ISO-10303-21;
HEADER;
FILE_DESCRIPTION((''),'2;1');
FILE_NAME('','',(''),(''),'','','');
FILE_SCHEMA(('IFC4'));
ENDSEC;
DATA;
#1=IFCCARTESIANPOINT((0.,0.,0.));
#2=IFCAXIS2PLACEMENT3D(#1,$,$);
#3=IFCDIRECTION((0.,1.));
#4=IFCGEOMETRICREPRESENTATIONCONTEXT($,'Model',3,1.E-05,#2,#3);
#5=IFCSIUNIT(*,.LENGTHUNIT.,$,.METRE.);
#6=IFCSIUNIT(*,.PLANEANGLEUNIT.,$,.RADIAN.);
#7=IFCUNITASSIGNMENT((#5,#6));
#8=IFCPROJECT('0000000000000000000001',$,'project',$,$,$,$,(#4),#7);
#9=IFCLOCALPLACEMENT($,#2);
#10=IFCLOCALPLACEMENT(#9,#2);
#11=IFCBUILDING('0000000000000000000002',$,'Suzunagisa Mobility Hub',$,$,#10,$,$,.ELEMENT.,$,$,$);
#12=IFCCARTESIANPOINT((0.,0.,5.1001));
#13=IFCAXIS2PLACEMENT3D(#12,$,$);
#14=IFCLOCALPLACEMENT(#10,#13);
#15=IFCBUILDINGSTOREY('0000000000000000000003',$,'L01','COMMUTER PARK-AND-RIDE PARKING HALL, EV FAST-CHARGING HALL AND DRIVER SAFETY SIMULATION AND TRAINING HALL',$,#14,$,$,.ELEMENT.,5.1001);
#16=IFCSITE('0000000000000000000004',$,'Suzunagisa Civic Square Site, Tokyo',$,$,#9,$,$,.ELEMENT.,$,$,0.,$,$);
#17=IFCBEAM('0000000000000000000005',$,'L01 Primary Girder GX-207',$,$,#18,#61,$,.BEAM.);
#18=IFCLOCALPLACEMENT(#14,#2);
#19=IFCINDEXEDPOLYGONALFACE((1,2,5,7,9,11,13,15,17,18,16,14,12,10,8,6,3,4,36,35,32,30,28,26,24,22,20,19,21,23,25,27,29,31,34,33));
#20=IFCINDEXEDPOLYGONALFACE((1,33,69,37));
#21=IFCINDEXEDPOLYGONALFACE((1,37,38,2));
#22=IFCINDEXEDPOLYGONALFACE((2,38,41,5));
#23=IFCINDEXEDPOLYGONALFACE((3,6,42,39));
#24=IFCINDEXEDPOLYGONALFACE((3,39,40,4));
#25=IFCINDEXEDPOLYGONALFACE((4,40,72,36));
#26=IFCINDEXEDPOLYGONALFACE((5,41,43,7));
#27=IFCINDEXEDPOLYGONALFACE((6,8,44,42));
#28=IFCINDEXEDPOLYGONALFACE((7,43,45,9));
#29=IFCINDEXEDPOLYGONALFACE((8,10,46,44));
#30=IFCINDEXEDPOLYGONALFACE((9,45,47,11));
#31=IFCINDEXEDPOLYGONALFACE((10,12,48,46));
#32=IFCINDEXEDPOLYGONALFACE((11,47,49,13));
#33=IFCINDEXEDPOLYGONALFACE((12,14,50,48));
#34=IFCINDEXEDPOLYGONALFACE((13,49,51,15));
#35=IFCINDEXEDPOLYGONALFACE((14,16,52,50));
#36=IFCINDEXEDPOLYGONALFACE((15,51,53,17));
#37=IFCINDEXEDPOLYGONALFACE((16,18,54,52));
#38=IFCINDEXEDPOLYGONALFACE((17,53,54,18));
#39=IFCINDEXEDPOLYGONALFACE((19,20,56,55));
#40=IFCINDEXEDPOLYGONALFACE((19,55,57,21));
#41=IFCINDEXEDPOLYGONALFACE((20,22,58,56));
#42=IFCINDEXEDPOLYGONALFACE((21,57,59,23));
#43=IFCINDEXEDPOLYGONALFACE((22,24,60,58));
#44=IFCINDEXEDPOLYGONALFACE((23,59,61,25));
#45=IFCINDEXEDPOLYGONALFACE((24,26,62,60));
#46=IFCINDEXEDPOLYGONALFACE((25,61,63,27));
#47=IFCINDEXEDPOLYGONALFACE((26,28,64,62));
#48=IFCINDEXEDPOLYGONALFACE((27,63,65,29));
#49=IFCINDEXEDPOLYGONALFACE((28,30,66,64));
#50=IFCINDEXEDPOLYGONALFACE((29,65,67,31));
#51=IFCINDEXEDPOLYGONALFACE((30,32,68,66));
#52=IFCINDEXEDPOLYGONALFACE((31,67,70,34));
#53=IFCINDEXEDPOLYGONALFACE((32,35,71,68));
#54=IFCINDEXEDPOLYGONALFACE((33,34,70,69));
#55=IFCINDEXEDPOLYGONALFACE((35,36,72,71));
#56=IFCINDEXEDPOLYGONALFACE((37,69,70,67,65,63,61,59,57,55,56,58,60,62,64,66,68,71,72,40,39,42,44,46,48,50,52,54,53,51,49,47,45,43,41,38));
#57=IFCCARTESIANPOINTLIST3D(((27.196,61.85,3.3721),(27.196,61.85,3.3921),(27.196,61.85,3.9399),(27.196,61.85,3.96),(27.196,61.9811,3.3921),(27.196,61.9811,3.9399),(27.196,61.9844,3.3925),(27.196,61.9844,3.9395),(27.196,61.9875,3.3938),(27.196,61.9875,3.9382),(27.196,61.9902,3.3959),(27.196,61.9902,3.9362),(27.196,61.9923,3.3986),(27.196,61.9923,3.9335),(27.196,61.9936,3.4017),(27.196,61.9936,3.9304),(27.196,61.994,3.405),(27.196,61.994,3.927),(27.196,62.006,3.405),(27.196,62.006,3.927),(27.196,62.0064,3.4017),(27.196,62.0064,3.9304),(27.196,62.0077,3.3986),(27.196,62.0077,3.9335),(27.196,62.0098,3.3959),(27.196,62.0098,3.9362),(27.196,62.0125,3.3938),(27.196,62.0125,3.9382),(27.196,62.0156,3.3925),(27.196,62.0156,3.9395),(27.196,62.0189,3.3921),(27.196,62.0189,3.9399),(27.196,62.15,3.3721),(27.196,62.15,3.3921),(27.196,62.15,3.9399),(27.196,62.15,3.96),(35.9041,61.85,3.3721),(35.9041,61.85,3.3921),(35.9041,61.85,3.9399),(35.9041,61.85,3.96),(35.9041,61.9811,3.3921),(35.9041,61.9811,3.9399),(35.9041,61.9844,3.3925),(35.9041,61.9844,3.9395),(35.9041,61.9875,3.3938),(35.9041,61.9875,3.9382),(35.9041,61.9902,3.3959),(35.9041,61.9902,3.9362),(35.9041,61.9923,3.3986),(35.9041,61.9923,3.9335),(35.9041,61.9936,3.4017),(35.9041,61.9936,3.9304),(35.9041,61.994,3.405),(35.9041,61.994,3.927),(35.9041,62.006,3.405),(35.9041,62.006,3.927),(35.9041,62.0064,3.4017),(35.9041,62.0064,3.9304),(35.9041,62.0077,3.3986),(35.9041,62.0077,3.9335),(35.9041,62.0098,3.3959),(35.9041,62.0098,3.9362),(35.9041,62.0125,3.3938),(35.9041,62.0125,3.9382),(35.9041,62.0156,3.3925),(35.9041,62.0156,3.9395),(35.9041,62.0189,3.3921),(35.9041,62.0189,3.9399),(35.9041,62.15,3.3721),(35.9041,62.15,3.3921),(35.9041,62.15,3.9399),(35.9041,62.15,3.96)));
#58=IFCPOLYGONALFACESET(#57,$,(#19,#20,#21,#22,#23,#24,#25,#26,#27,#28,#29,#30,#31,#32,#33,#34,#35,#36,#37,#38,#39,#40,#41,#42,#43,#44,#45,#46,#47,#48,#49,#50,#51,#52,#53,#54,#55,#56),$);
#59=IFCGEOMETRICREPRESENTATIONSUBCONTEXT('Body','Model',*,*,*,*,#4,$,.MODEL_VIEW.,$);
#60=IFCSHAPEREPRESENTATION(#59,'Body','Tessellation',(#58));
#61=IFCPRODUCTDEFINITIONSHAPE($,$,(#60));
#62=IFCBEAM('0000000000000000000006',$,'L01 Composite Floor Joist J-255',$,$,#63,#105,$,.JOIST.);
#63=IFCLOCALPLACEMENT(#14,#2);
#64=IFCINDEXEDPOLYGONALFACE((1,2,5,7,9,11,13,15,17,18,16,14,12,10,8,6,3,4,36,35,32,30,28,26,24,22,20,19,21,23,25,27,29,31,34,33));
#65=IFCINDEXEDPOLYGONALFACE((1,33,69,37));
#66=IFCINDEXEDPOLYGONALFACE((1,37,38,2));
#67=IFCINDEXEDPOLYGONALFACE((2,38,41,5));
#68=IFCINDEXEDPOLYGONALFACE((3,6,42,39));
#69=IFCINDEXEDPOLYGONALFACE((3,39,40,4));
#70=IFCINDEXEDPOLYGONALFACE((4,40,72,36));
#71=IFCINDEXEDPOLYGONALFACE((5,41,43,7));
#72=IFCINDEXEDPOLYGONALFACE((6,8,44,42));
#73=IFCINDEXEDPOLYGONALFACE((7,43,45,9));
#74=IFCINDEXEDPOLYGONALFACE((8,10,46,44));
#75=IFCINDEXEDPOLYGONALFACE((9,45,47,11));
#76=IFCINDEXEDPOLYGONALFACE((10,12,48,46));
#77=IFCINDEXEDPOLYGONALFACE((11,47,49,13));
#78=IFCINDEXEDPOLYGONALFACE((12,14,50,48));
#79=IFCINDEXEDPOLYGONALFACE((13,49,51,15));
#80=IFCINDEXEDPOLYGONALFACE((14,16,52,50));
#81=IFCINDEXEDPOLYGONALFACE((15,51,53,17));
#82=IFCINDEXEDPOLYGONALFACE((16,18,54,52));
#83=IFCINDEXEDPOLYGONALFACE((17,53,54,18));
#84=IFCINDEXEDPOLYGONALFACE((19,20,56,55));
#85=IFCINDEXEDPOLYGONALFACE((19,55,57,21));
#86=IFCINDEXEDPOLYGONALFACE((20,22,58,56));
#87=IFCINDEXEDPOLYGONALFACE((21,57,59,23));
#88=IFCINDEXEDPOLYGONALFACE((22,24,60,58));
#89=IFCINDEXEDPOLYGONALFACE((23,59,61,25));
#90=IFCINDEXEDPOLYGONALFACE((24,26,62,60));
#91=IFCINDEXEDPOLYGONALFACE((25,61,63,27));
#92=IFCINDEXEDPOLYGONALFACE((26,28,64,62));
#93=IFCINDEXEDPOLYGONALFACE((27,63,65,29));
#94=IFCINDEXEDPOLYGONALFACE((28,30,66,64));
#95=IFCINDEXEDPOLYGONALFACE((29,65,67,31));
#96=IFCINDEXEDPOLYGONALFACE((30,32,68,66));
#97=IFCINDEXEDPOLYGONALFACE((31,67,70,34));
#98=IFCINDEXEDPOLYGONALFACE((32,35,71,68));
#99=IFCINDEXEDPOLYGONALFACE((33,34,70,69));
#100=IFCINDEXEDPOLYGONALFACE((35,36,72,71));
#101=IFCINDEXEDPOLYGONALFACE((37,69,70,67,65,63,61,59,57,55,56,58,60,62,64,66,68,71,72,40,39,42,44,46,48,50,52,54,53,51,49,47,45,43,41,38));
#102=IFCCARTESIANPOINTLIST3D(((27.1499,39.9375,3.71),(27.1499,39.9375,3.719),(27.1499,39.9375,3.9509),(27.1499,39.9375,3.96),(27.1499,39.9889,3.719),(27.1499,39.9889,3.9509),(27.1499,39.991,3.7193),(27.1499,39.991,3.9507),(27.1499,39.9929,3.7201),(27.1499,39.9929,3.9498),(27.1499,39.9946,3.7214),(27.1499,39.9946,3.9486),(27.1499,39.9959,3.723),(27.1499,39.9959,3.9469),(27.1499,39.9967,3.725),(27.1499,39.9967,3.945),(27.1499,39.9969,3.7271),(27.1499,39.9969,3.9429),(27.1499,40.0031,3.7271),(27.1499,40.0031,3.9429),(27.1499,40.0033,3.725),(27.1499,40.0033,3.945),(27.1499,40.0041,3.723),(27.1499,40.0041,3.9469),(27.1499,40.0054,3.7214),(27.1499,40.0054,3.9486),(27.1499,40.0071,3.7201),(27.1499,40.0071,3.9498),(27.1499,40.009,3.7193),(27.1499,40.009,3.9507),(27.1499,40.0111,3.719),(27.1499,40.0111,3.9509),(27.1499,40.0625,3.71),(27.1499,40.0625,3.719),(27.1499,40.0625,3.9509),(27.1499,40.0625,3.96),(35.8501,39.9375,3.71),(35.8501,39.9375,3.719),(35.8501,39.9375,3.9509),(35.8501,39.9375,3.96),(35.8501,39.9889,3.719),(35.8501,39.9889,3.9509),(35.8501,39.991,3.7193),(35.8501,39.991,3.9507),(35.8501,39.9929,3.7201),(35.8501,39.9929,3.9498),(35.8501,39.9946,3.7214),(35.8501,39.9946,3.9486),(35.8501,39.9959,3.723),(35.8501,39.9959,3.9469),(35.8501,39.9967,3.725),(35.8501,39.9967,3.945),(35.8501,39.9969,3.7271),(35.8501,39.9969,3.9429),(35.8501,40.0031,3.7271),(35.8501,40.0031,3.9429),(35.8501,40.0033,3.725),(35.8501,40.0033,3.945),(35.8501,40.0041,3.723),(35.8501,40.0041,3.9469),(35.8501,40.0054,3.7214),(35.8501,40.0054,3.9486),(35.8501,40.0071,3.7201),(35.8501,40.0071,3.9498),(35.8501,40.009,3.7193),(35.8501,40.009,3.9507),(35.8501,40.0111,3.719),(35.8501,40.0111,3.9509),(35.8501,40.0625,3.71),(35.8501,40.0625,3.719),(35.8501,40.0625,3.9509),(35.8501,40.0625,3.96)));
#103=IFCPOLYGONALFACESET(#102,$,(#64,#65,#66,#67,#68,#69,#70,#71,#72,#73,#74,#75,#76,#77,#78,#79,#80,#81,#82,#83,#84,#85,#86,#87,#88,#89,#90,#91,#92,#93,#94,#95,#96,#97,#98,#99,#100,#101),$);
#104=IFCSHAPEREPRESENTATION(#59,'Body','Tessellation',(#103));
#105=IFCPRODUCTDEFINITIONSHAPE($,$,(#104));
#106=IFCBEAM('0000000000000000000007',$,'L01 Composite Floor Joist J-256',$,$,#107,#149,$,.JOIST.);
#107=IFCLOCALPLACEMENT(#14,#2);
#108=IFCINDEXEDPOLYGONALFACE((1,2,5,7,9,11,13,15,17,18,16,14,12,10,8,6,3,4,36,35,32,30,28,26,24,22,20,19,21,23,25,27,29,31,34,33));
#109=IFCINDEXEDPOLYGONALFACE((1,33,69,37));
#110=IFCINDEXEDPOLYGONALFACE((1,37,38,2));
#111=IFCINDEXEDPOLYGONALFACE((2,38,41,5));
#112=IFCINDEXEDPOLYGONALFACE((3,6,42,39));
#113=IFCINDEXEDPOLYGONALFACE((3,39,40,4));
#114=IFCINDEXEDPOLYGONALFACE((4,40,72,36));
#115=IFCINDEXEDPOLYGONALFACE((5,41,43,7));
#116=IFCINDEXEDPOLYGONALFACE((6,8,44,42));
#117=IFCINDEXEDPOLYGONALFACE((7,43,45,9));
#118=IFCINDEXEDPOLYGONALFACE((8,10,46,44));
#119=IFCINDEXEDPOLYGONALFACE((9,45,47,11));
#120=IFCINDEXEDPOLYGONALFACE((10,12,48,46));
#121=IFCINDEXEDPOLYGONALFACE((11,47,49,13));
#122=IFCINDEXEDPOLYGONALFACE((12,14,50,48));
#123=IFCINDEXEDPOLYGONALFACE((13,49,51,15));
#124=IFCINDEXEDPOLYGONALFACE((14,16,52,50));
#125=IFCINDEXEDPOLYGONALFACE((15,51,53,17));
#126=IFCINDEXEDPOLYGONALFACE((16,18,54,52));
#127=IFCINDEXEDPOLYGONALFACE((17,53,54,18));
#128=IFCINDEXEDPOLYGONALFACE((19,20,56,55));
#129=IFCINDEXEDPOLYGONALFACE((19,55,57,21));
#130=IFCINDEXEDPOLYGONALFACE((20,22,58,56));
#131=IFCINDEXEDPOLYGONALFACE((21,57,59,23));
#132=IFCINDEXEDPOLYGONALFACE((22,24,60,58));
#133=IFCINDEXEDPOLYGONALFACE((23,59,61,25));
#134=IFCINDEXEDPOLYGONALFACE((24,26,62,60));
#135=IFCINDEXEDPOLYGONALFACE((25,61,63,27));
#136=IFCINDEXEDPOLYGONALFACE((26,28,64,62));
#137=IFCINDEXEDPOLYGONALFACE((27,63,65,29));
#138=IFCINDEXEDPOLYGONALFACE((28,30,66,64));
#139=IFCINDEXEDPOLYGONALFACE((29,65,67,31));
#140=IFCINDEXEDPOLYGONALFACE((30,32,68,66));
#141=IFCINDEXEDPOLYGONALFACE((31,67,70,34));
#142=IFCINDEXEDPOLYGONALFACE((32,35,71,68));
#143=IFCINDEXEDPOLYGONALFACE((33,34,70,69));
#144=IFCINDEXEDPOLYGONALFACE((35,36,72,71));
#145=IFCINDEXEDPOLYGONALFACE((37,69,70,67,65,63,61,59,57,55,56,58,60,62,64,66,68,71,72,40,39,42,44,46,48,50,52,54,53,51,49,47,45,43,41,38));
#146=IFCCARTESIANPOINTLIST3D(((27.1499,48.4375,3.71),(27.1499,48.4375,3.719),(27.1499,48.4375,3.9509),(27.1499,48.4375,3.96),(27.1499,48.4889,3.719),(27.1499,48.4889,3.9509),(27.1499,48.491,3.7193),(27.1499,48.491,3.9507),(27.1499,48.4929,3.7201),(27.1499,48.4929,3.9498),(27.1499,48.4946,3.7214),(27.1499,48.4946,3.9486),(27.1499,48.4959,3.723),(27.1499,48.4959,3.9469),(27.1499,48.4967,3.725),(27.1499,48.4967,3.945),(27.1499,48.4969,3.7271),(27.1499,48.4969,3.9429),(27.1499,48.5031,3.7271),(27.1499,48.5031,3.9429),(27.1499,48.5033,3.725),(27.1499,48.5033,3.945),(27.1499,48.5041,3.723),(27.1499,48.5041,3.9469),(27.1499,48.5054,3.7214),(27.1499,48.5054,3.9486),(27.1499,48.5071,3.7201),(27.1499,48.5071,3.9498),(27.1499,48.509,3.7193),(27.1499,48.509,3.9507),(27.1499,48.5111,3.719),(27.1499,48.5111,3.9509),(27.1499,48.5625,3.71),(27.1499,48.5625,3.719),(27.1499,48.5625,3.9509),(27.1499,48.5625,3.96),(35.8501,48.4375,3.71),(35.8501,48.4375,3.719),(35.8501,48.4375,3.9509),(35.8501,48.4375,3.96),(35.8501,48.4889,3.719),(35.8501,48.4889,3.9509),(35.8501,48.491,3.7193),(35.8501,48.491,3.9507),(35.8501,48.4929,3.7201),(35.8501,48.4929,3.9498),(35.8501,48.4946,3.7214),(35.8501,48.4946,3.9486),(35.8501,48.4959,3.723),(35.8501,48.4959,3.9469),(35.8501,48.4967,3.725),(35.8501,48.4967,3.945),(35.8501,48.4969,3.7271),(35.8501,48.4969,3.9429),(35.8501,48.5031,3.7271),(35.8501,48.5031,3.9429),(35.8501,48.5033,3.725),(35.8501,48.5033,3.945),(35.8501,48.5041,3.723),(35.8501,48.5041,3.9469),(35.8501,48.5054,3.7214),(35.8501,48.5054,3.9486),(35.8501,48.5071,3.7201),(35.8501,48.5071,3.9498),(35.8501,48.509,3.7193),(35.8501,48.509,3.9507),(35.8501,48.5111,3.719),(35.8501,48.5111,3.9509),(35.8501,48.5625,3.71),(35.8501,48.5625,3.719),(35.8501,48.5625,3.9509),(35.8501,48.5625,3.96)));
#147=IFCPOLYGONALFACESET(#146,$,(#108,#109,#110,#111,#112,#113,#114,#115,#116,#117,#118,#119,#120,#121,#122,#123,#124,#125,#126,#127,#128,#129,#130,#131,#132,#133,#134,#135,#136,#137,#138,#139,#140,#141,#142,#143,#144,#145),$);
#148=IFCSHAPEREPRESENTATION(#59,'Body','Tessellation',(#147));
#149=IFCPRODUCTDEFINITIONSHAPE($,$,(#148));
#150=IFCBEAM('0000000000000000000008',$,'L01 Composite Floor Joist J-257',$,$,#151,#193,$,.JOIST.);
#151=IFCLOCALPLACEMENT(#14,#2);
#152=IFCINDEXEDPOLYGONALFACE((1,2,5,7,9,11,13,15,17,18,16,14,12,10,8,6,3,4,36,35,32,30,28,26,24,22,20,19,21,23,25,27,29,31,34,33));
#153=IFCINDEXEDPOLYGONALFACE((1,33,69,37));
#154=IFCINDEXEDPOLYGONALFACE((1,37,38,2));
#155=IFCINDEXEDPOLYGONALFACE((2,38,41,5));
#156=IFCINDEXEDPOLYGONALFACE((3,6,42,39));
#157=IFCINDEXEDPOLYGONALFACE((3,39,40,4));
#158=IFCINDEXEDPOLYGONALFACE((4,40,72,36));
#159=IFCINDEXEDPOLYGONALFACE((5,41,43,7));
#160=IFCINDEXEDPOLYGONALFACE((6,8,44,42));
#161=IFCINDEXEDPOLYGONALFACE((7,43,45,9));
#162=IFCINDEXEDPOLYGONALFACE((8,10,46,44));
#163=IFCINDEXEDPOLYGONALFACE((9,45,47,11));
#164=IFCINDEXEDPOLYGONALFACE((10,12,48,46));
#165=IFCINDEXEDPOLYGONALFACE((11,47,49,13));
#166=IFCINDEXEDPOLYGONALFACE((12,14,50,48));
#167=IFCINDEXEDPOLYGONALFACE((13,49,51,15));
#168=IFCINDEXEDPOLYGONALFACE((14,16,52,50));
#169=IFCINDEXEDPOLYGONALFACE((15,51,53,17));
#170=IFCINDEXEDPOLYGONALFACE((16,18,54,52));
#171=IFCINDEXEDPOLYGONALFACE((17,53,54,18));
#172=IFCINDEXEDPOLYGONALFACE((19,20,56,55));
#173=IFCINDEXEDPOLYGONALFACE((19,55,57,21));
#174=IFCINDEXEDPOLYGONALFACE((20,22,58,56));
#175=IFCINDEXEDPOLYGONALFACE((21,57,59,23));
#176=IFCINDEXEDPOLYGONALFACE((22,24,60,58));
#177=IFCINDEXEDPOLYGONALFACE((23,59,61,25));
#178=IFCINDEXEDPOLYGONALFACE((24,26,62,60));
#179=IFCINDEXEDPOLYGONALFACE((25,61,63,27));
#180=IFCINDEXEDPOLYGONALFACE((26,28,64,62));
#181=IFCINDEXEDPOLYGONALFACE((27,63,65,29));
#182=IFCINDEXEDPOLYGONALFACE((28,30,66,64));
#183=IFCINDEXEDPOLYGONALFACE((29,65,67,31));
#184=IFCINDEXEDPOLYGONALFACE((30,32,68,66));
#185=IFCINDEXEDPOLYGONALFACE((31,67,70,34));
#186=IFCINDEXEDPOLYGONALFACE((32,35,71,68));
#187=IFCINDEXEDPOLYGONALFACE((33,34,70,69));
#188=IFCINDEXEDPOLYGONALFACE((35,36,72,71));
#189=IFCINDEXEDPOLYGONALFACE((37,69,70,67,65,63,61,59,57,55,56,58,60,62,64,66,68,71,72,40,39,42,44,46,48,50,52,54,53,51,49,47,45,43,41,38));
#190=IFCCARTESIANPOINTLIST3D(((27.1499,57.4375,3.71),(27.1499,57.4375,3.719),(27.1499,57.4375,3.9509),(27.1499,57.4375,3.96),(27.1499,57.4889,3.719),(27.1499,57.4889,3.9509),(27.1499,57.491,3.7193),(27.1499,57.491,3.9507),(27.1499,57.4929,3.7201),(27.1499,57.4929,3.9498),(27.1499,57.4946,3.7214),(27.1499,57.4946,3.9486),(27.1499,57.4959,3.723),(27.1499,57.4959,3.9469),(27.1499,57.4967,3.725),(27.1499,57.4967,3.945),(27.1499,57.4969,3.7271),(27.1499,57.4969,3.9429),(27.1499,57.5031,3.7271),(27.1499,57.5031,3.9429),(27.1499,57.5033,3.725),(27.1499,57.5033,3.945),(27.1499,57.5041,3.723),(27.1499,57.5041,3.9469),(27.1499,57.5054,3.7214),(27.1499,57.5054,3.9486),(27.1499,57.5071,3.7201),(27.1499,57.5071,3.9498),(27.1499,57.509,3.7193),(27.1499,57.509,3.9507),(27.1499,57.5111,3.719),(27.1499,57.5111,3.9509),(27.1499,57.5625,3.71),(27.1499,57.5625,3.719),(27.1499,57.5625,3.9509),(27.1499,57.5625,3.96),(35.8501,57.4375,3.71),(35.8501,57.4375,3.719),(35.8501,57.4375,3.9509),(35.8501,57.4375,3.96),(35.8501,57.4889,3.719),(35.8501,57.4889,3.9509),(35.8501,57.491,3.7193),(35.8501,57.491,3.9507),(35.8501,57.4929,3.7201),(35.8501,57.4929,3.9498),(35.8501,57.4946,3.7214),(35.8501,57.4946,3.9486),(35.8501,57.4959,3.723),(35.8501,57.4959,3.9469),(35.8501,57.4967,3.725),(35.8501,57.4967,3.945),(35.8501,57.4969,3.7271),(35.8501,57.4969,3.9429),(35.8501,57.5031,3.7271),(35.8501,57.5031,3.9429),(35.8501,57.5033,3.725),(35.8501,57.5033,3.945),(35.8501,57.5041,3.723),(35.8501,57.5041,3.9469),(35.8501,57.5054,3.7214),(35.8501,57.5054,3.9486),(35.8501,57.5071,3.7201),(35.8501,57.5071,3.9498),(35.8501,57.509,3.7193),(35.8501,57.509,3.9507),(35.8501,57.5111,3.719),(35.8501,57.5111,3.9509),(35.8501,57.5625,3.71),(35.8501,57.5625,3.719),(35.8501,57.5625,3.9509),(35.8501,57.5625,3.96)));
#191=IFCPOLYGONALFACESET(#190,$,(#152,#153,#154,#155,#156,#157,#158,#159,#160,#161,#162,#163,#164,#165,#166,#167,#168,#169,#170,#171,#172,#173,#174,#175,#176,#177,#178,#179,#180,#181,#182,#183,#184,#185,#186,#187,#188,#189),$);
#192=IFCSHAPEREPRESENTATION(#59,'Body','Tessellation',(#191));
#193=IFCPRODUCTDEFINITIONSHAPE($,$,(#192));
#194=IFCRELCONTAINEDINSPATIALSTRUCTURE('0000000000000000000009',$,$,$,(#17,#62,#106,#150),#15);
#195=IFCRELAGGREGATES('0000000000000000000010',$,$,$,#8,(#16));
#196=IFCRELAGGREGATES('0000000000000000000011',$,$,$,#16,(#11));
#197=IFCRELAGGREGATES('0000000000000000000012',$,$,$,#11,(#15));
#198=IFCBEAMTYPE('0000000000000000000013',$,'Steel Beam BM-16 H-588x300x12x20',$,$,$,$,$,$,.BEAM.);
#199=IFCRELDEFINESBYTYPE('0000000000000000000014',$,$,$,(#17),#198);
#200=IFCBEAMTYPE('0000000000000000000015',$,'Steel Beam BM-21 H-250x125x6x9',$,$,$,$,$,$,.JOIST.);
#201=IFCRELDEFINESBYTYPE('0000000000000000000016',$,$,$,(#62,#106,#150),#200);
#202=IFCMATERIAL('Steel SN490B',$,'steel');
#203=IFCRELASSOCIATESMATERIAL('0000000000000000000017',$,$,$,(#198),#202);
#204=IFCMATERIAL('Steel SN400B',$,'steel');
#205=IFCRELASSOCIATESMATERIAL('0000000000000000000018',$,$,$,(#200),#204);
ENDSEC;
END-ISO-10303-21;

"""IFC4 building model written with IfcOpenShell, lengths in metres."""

from ifc_helpers import new_model, si_unit, direction, frame, origin, origin_2d, place, context, subcontext, project, spatial, i_section, extrude, material, material_profile, profile_set, type_object, element, save


model = new_model("IFC4")

# Units and contexts
model_context = context("Model", 3, precision=1e-05, world=origin(), true_north=direction((0.0, 1.0)))
body_context = subcontext(model_context, "Body", "Model", "MODEL_VIEW")
ifc_project = project(units=[si_unit("LENGTHUNIT", "METRE"), si_unit("PLANEANGLEUNIT", "RADIAN")], contexts=[model_context])

# Site, building, storey
site_placement = place(None, origin())
site = spatial("IfcSite", under=ifc_project, at=site_placement, Name="Suzunagisa Civic Square Site, Tokyo", CompositionType="ELEMENT", RefElevation=0.0)
building_placement = place(site_placement, origin())
building = spatial("IfcBuilding", under=site, at=building_placement, Name="Suzunagisa Mobility Hub", CompositionType="ELEMENT")
storey_placement = place(building_placement, frame((0.0, 0.0, 5.1001)))
storey = spatial("IfcBuildingStorey", under=building, at=storey_placement, Name="L01", Description="COMMUTER PARK-AND-RIDE PARKING HALL, EV FAST-CHARGING HALL AND DRIVER SAFETY SIMULATION AND TRAINING HALL", CompositionType="ELEMENT", Elevation=5.1001)

# Shared definitions
ifc_material_1 = material(Name="Steel SN490B", Category="steel")

# Beams
ifc_material_profile_1 = material_profile(ifc_material_1, i_section(OverallWidth=0.3, OverallDepth=0.5879, WebThickness=0.012, FlangeThickness=0.02, FilletRadius=0.0129, at=origin_2d()), Name="H-588x300x12x20")
ifc_profile_set_1 = profile_set([ifc_material_profile_1], Name="Steel SN490B")
beam_type_1 = type_object("IfcBeamType", Name="Steel Beam BM-16 H-588x300x12x20", PredefinedType="BEAM", material=ifc_profile_set_1)
for number, where, z_axis, x_axis, name in (
    (1, (27.196, 62.0, 3.666), (1.0, 0.0, 0.0), (0.0, 1.0, 0.0), "L01 Primary Girder GX-207"),
):
    element("IfcBeam", number, at=place(storey_placement, frame(where, z_axis=z_axis, x_axis=x_axis)), inside=storey, type_object=beam_type_1, Name=name, PredefinedType="BEAM", context=body_context, shape_type="SweptSolid", body=[
        extrude(i_section(OverallWidth=0.3, OverallDepth=0.5879, WebThickness=0.012, FlangeThickness=0.02, FilletRadius=0.0129, at=origin_2d()), origin(), (0.0, 0.0, 1.0), 8.708),
    ])
ifc_material_2 = material(Name="Steel SN400B", Category="steel")
ifc_material_profile_2 = material_profile(ifc_material_2, i_section(OverallWidth=0.125, OverallDepth=0.25, WebThickness=0.0061, FlangeThickness=0.009, FilletRadius=0.0081, at=origin_2d()), Name="H-250x125x6x9")
ifc_profile_set_2 = profile_set([ifc_material_profile_2], Name="Steel SN400B")
beam_type_2 = type_object("IfcBeamType", Name="Steel Beam BM-21 H-250x125x6x9", PredefinedType="JOIST", material=ifc_profile_set_2)
for number, where, z_axis, x_axis, name in (
    (2, (27.1499, 40.0, 3.835), (1.0, 0.0, 0.0), (0.0, 1.0, 0.0), "L01 Composite Floor Joist J-255"),
    (3, (27.1499, 48.5, 3.835), (1.0, 0.0, 0.0), (0.0, 1.0, 0.0), "L01 Composite Floor Joist J-256"),
    (4, (27.1499, 57.5, 3.835), (1.0, 0.0, 0.0), (0.0, 1.0, 0.0), "L01 Composite Floor Joist J-257"),
):
    element("IfcBeam", number, at=place(storey_placement, frame(where, z_axis=z_axis, x_axis=x_axis)), inside=storey, type_object=beam_type_2, Name=name, PredefinedType="JOIST", context=body_context, shape_type="SweptSolid", body=[
        extrude(i_section(OverallWidth=0.125, OverallDepth=0.25, WebThickness=0.0061, FlangeThickness=0.009, FilletRadius=0.0081, at=origin_2d()), origin(), (0.0, 0.0, 1.0), 8.7002),
    ])

save(model, "model.ifc")
